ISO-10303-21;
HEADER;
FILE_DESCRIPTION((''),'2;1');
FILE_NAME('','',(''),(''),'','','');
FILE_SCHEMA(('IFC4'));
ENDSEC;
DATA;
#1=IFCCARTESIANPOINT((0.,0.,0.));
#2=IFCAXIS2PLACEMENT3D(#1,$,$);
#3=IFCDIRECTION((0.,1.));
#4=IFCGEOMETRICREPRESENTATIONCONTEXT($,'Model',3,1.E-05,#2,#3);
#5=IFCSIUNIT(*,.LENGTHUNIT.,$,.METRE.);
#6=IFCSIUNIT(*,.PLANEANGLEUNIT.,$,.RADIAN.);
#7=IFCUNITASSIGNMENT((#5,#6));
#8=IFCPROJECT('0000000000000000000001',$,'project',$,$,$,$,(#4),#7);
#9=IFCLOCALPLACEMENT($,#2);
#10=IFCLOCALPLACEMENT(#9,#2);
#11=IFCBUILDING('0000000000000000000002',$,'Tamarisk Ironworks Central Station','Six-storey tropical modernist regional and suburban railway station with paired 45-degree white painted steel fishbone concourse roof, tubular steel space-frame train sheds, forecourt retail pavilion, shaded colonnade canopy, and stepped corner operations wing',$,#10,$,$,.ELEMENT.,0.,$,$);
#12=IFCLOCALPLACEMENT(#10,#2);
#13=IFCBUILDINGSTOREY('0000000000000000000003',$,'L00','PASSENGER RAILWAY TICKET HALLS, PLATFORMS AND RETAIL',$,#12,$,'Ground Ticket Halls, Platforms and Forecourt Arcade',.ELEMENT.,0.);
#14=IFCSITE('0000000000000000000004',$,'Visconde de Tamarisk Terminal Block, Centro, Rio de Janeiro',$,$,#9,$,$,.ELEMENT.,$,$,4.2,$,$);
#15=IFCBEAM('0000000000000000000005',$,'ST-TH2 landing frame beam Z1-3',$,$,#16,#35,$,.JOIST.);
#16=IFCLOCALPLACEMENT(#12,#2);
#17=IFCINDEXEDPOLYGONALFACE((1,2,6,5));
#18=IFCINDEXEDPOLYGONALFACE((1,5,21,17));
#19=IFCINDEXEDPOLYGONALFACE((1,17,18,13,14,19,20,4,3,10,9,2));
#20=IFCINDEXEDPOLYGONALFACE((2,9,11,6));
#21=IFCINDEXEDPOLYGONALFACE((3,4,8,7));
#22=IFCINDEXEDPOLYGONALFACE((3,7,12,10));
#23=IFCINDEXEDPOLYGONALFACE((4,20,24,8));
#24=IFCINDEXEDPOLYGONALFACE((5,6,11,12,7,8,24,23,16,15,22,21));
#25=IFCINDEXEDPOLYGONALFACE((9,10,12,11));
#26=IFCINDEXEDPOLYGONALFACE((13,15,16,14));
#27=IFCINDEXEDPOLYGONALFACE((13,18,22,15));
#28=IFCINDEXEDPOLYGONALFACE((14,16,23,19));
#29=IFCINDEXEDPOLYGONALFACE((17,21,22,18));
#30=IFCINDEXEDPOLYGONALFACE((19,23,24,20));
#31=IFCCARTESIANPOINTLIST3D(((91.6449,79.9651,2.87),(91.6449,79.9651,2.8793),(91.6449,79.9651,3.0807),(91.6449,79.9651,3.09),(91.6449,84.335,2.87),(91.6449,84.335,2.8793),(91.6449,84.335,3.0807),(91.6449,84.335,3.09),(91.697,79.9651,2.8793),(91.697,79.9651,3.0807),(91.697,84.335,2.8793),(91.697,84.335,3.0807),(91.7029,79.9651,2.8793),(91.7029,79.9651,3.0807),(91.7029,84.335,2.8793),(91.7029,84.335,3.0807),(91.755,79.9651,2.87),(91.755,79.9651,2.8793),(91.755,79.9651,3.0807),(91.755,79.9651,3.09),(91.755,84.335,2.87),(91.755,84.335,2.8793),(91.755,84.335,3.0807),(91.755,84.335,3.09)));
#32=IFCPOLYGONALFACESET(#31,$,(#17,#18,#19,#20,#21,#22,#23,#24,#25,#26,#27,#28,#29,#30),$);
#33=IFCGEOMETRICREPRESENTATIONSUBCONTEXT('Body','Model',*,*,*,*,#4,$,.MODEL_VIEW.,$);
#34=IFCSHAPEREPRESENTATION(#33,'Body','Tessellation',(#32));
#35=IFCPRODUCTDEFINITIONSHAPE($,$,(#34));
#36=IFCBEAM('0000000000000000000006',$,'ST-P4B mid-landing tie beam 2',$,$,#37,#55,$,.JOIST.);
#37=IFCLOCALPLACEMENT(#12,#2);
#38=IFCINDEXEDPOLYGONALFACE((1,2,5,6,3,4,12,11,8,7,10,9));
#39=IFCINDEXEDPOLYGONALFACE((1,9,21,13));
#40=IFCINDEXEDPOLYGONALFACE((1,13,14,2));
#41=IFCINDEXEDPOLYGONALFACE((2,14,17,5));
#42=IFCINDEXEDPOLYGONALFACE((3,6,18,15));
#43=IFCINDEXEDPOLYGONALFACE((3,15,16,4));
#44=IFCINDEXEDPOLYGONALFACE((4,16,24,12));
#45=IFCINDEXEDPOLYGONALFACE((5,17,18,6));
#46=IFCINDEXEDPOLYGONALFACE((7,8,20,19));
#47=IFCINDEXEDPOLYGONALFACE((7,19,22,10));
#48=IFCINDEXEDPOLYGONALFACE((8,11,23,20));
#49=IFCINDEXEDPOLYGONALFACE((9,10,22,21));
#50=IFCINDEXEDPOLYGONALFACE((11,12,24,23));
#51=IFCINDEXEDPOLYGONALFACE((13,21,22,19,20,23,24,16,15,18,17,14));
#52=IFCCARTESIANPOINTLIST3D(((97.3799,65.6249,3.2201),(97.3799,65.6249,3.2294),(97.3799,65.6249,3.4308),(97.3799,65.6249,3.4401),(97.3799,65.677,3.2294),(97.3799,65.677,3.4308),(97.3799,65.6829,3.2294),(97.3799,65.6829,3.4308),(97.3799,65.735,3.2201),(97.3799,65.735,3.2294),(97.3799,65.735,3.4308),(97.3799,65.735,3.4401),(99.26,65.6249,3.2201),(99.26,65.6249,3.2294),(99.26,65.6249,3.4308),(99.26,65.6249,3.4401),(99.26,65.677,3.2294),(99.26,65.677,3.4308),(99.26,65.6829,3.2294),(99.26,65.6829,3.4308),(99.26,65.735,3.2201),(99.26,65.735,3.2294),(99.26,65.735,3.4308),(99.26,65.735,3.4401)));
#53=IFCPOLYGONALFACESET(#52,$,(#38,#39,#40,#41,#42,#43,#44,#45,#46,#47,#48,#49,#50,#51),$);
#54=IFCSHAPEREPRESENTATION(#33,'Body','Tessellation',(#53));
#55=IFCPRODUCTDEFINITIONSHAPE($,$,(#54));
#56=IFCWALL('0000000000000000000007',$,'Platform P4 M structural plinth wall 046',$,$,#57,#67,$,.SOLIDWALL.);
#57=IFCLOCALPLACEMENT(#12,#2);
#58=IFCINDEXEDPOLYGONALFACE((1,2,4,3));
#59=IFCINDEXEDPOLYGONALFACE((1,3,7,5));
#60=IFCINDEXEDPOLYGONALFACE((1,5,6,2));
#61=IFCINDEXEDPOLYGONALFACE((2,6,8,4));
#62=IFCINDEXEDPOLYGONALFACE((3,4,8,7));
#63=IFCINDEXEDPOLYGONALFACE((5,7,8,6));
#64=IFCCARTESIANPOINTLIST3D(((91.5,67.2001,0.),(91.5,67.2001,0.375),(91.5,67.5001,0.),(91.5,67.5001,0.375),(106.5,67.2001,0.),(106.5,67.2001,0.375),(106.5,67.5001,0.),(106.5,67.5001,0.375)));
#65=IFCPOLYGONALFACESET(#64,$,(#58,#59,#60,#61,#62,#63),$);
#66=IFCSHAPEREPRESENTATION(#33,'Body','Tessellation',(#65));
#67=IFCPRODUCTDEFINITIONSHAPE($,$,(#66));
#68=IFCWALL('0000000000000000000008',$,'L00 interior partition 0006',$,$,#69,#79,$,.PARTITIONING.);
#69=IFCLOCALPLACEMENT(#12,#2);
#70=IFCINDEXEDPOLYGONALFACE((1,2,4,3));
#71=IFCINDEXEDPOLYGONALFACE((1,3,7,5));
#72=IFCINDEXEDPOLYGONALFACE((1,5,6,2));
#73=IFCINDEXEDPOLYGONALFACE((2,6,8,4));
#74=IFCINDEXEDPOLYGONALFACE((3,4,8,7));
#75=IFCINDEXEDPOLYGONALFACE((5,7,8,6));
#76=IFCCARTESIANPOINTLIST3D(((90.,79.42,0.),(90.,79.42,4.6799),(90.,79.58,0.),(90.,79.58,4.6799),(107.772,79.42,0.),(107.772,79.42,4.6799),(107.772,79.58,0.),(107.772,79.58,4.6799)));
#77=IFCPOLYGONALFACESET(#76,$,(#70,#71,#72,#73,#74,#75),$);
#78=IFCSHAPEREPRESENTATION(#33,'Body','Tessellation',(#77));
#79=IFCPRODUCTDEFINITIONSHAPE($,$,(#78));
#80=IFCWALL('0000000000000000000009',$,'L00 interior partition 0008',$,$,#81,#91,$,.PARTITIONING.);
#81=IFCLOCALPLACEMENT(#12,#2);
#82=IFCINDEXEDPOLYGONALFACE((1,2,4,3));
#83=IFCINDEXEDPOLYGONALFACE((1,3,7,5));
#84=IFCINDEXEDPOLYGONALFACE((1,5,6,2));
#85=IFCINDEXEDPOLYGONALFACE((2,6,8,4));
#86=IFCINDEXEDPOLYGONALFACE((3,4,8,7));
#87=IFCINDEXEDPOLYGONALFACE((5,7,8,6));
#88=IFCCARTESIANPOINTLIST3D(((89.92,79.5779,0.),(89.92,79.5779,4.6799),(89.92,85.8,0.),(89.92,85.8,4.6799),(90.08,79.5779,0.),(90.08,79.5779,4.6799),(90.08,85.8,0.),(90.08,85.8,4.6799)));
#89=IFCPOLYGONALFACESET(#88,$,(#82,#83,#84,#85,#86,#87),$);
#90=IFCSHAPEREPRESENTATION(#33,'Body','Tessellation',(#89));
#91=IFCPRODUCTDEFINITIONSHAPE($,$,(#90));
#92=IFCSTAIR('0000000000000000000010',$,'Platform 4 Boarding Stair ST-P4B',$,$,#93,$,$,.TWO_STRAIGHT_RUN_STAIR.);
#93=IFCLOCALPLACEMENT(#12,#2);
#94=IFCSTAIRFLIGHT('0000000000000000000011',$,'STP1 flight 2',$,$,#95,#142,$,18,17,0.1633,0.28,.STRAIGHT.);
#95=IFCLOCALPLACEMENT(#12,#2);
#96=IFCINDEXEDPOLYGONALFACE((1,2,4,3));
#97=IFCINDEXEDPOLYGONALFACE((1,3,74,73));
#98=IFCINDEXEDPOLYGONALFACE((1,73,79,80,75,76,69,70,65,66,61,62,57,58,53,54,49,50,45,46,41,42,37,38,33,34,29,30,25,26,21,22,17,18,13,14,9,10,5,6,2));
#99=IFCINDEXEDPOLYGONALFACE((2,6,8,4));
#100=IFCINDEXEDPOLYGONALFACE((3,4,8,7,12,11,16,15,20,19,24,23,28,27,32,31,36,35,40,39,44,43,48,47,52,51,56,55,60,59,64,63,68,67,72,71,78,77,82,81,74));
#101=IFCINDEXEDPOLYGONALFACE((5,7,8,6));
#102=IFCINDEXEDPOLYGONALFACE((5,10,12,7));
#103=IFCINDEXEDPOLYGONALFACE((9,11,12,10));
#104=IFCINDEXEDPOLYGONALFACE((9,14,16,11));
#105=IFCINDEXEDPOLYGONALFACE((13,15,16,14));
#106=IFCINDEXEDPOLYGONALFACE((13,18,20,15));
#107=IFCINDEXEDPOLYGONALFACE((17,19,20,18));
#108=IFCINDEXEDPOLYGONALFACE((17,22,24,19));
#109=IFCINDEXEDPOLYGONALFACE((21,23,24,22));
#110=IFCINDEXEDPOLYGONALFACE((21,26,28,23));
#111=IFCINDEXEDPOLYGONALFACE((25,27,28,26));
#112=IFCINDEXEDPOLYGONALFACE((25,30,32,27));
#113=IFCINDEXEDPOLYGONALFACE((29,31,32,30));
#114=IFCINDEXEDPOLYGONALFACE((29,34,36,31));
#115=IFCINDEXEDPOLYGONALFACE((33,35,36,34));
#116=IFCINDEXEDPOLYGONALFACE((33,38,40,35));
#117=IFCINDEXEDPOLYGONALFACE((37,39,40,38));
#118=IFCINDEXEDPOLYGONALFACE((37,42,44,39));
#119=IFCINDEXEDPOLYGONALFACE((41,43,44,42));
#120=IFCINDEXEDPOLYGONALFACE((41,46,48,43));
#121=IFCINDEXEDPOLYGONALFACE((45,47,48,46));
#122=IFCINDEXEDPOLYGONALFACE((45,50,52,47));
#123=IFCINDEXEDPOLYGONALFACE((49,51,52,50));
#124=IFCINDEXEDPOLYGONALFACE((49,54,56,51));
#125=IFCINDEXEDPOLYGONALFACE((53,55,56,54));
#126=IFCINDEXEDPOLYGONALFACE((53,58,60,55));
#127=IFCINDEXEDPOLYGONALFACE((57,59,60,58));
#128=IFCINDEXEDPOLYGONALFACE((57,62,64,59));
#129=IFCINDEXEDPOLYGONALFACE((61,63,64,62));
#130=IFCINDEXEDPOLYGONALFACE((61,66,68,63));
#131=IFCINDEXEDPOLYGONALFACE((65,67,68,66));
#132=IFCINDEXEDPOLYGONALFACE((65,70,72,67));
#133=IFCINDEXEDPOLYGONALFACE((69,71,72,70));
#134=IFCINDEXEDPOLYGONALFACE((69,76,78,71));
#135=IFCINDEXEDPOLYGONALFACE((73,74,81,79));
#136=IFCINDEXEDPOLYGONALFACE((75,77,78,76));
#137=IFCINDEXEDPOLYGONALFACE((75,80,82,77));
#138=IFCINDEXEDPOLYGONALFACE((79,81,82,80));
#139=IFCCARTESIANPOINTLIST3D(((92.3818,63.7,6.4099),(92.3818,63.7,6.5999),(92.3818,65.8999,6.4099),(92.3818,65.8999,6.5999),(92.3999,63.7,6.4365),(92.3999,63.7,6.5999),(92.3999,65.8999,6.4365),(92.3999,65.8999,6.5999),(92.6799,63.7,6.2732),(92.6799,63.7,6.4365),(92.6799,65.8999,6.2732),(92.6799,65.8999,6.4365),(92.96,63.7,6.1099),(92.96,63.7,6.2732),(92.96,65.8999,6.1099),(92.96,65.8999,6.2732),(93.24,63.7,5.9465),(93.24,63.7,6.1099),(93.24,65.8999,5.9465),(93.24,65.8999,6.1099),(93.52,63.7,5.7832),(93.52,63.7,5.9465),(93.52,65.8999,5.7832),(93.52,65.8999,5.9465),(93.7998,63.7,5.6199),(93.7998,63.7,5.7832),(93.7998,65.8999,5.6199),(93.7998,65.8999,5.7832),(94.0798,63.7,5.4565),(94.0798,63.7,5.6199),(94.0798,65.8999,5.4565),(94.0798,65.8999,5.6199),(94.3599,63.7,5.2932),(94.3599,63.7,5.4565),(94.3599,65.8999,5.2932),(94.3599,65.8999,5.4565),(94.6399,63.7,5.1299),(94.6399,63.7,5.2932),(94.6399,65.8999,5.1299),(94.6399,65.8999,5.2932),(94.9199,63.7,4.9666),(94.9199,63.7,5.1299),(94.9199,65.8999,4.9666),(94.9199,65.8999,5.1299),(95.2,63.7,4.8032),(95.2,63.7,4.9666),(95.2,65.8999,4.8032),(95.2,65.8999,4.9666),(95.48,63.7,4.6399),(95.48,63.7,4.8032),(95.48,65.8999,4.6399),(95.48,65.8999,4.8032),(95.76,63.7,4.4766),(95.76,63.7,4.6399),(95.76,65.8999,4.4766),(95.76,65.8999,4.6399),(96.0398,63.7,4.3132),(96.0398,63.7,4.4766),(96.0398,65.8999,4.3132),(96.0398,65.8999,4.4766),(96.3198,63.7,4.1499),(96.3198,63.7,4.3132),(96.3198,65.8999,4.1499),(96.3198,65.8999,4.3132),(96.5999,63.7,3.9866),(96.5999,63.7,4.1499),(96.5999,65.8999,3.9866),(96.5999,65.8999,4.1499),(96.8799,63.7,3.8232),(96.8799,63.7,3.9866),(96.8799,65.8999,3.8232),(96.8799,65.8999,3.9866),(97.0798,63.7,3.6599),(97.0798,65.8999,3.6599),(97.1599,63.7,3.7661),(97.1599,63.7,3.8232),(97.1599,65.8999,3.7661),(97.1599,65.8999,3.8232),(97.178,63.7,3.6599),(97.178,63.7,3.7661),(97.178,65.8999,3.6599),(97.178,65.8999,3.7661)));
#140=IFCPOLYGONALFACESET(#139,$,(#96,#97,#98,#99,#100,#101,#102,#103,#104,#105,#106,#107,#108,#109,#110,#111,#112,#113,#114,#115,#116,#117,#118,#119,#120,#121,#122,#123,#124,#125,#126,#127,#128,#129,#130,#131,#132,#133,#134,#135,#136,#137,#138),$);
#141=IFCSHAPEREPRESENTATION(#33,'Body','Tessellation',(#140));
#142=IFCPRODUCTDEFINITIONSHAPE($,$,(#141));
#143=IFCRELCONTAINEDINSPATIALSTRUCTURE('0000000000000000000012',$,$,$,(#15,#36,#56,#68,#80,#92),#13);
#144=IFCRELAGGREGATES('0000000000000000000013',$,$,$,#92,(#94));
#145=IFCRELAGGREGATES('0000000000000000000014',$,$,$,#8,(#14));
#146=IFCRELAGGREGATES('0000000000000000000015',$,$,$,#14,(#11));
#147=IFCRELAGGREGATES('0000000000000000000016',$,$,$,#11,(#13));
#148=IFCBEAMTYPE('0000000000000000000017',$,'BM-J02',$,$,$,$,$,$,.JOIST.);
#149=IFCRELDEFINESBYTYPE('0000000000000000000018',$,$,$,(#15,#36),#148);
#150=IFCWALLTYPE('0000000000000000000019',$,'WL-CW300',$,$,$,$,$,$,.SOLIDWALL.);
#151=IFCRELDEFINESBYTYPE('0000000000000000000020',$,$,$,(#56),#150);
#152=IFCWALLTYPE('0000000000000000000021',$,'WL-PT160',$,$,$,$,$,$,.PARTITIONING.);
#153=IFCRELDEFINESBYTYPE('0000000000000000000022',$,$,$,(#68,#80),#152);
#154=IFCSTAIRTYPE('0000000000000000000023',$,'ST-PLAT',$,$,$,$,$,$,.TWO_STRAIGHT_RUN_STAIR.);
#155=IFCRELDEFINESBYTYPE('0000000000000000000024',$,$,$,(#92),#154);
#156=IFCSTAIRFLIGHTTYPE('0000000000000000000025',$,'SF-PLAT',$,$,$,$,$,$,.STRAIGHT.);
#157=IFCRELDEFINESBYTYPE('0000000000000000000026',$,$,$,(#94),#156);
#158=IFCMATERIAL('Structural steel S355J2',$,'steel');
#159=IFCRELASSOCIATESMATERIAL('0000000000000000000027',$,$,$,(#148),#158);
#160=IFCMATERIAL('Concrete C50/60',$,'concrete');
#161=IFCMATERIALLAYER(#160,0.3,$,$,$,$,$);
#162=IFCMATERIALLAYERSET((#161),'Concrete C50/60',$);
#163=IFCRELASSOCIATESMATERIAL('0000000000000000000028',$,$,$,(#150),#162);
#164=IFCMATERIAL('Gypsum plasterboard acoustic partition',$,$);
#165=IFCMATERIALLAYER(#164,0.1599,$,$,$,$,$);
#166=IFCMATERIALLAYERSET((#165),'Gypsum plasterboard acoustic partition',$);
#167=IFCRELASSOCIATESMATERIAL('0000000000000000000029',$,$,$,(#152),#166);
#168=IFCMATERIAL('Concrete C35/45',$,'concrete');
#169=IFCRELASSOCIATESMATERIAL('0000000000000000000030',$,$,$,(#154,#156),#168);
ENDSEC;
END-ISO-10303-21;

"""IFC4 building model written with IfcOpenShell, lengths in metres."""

from ifc_helpers import new_model, si_unit, direction, frame, frame_2d, origin, origin_2d, place, context, subcontext, project, spatial, polyline, rectangle, i_section, outline, extrude, material, layer, layer_set, material_profile, profile_set, type_object, element, aggregate, save


model = new_model("IFC4")

# Units and contexts
model_context = context("Model", 3, precision=1e-05, world=origin(), true_north=direction((0.0, 1.0)))
body_context = subcontext(model_context, "Body", "Model", "MODEL_VIEW")
ifc_project = project(units=[si_unit("LENGTHUNIT", "METRE"), si_unit("PLANEANGLEUNIT", "RADIAN")], contexts=[model_context])

# Site, building, storey
site_placement = place(None, origin())
site = spatial("IfcSite", under=ifc_project, at=site_placement, Name="Visconde de Tamarisk Terminal Block, Centro, Rio de Janeiro", CompositionType="ELEMENT", RefElevation=4.2)
building_placement = place(site_placement, origin())
building = spatial("IfcBuilding", under=site, at=building_placement, Name="Tamarisk Ironworks Central Station", Description="Six-storey tropical modernist regional and suburban railway station with paired 45-degree white painted steel fishbone concourse roof, tubular steel space-frame train sheds, forecourt retail pavilion, shaded colonnade canopy, and stepped corner operations wing", CompositionType="ELEMENT", ElevationOfRefHeight=0.0)
storey_placement = place(building_placement, origin())
storey = spatial("IfcBuildingStorey", under=building, at=storey_placement, Name="L00", Description="PASSENGER RAILWAY TICKET HALLS, PLATFORMS AND RETAIL", LongName="Ground Ticket Halls, Platforms and Forecourt Arcade", CompositionType="ELEMENT", Elevation=0.0)

# Shared definitions
ifc_material_1 = material(Name="Structural steel S355J2", Category="steel")

# Beams
ifc_material_profile_1 = material_profile(ifc_material_1, i_section(OverallWidth=0.1101, OverallDepth=0.22, WebThickness=0.0059, FlangeThickness=0.0093, at=origin_2d()), Name="IPE 220")
ifc_profile_set_1 = profile_set([ifc_material_profile_1], Name="Structural steel S355J2")
beam_type = type_object("IfcBeamType", Name="BM-J02", PredefinedType="JOIST", material=ifc_profile_set_1)
beam_1_placement = place(storey_placement, frame((91.7, 79.9651, 2.98), z_axis=(0.0, 1.0, 0.0), x_axis=(-1.0, 0.0, 0.0)))
element("IfcBeam", 1, at=beam_1_placement, inside=storey, type_object=beam_type, Name="ST-TH2 landing frame beam Z1-3", PredefinedType="JOIST", context=body_context, shape_type="SweptSolid", body=[
    extrude(i_section(OverallWidth=0.1101, OverallDepth=0.22, WebThickness=0.0059, FlangeThickness=0.0093, at=origin_2d()), origin(), (0.0, 0.0, 1.0), 4.3699),
])
beam_2_placement = place(storey_placement, frame((97.3799, 65.6799, 3.3301), z_axis=(1.0, 0.0, 0.0), x_axis=(0.0, 1.0, 0.0)))
element("IfcBeam", 2, at=beam_2_placement, inside=storey, type_object=beam_type, Name="ST-P4B mid-landing tie beam 2", PredefinedType="JOIST", context=body_context, shape_type="SweptSolid", body=[
    extrude(i_section(OverallWidth=0.1101, OverallDepth=0.22, WebThickness=0.0059, FlangeThickness=0.0093, at=origin_2d()), origin(), (0.0, 0.0, 1.0), 1.8801),
])

# Walls
ifc_material_2 = material(Name="Concrete C50/60", Category="concrete")
ifc_layer_1 = layer(ifc_material_2, 0.3)
ifc_layer_set_1 = layer_set([ifc_layer_1], Name="Concrete C50/60")
wall_type_1 = type_object("IfcWallType", Name="WL-CW300", PredefinedType="SOLIDWALL", material=ifc_layer_set_1)
wall_1_placement = place(storey_placement, frame((91.5, 67.3501, 0.0), z_axis=(0.0, 0.0, 1.0), x_axis=(1.0, 0.0, 0.0)))
element("IfcWall", 3, at=wall_1_placement, inside=storey, type_object=wall_type_1, Name="Platform P4 M structural plinth wall 046", PredefinedType="SOLIDWALL", context=body_context, shape_type="SweptSolid", body=[
    extrude(rectangle(XDim=15.0, YDim=0.3, at=frame_2d((7.5, 0.0))), origin(), (0.0, 0.0, 1.0), 0.375),
])
ifc_material_3 = material(Name="Gypsum plasterboard acoustic partition")
ifc_layer_2 = layer(ifc_material_3, 0.1599)
ifc_layer_set_2 = layer_set([ifc_layer_2], Name="Gypsum plasterboard acoustic partition")
wall_type_2 = type_object("IfcWallType", Name="WL-PT160", PredefinedType="PARTITIONING", material=ifc_layer_set_2)
wall_2_placement = place(storey_placement, frame((90.0, 79.5, 0.0), z_axis=(0.0, 0.0, 1.0), x_axis=(1.0, 0.0, 0.0)))
element("IfcWall", 4, at=wall_2_placement, inside=storey, type_object=wall_type_2, Name="L00 interior partition 0006", PredefinedType="PARTITIONING", context=body_context, shape_type="SweptSolid", body=[
    extrude(rectangle(XDim=17.772, YDim=0.1599, at=frame_2d((8.886, 0.0))), origin(), (0.0, 0.0, 1.0), 4.6799),
])
wall_3_placement = place(storey_placement, frame((90.0, 79.5779, 0.0), z_axis=(0.0, 0.0, 1.0), x_axis=(0.0, 1.0, 0.0)))
element("IfcWall", 5, at=wall_3_placement, inside=storey, type_object=wall_type_2, Name="L00 interior partition 0008", PredefinedType="PARTITIONING", context=body_context, shape_type="SweptSolid", body=[
    extrude(rectangle(XDim=6.2222, YDim=0.1599, at=frame_2d((3.1111, 0.0))), origin(), (0.0, 0.0, 1.0), 4.6799),
])

# Stair, stair flight
ifc_material_4 = material(Name="Concrete C35/45", Category="concrete")
stair_type = type_object("IfcStairType", Name="ST-PLAT", PredefinedType="TWO_STRAIGHT_RUN_STAIR", material=ifc_material_4)
stair_placement = place(storey_placement, origin())
stair = element("IfcStair", 6, at=stair_placement, inside=storey, type_object=stair_type, Name="Platform 4 Boarding Stair ST-P4B", PredefinedType="TWO_STRAIGHT_RUN_STAIR")
stair_flight_type = type_object("IfcStairFlightType", Name="SF-PLAT", PredefinedType="STRAIGHT", material=ifc_material_4)
stair_flight_placement = place(storey_placement, frame((97.1599, 64.8, 3.6599), z_axis=(0.0, 0.0, 1.0), x_axis=(-1.0, 0.0, 0.0)))
stair_flight = element("IfcStairFlight", 7, at=stair_flight_placement, type_object=stair_flight_type, Name="STP1 flight 2", NumberOfRisers=18, NumberOfTreads=17, PredefinedType="STRAIGHT", RiserHeight=0.1633, TreadLength=0.28, context=body_context, shape_type="SweptSolid", body=[
    extrude(outline(polyline([(-0.0181, 0.0), (-0.0181, 0.1062), (0.0, 0.1062), (0.0, 0.1633), (0.28, 0.1633), (0.28, 0.3267), (0.5601, 0.3267), (0.5601, 0.49), (0.8401, 0.49), (0.8401, 0.6533), (1.1201, 0.6533), (1.1201, 0.8167), (1.3999, 0.8167), (1.3999, 0.98), (1.6799, 0.98), (1.6799, 1.1433), (1.96, 1.1433), (1.96, 1.3066), (2.24, 1.3066), (2.24, 1.47), (2.52, 1.47), (2.52, 1.6333), (2.8, 1.6333), (2.8, 1.7966), (3.0801, 1.7966), (3.0801, 1.96), (3.3601, 1.96), (3.3601, 2.1233), (3.6399, 2.1233), (3.6399, 2.2866), (3.9199, 2.2866), (3.9199, 2.45), (4.2, 2.45), (4.2, 2.6133), (4.48, 2.6133), (4.48, 2.7766), (4.76, 2.7766), (4.76, 2.9399), (4.7781, 2.9399), (4.7781, 2.75), (0.0801, 0.0), (-0.0181, 0.0)])), frame((0.0, 1.1001, 0.0), z_axis=(0.0, -1.0, 0.0), x_axis=(1.0, 0.0, 0.0)), (0.0, 0.0, 1.0), 2.2),
])
aggregate(stair, [stair_flight])

save(model, "model.ifc")
